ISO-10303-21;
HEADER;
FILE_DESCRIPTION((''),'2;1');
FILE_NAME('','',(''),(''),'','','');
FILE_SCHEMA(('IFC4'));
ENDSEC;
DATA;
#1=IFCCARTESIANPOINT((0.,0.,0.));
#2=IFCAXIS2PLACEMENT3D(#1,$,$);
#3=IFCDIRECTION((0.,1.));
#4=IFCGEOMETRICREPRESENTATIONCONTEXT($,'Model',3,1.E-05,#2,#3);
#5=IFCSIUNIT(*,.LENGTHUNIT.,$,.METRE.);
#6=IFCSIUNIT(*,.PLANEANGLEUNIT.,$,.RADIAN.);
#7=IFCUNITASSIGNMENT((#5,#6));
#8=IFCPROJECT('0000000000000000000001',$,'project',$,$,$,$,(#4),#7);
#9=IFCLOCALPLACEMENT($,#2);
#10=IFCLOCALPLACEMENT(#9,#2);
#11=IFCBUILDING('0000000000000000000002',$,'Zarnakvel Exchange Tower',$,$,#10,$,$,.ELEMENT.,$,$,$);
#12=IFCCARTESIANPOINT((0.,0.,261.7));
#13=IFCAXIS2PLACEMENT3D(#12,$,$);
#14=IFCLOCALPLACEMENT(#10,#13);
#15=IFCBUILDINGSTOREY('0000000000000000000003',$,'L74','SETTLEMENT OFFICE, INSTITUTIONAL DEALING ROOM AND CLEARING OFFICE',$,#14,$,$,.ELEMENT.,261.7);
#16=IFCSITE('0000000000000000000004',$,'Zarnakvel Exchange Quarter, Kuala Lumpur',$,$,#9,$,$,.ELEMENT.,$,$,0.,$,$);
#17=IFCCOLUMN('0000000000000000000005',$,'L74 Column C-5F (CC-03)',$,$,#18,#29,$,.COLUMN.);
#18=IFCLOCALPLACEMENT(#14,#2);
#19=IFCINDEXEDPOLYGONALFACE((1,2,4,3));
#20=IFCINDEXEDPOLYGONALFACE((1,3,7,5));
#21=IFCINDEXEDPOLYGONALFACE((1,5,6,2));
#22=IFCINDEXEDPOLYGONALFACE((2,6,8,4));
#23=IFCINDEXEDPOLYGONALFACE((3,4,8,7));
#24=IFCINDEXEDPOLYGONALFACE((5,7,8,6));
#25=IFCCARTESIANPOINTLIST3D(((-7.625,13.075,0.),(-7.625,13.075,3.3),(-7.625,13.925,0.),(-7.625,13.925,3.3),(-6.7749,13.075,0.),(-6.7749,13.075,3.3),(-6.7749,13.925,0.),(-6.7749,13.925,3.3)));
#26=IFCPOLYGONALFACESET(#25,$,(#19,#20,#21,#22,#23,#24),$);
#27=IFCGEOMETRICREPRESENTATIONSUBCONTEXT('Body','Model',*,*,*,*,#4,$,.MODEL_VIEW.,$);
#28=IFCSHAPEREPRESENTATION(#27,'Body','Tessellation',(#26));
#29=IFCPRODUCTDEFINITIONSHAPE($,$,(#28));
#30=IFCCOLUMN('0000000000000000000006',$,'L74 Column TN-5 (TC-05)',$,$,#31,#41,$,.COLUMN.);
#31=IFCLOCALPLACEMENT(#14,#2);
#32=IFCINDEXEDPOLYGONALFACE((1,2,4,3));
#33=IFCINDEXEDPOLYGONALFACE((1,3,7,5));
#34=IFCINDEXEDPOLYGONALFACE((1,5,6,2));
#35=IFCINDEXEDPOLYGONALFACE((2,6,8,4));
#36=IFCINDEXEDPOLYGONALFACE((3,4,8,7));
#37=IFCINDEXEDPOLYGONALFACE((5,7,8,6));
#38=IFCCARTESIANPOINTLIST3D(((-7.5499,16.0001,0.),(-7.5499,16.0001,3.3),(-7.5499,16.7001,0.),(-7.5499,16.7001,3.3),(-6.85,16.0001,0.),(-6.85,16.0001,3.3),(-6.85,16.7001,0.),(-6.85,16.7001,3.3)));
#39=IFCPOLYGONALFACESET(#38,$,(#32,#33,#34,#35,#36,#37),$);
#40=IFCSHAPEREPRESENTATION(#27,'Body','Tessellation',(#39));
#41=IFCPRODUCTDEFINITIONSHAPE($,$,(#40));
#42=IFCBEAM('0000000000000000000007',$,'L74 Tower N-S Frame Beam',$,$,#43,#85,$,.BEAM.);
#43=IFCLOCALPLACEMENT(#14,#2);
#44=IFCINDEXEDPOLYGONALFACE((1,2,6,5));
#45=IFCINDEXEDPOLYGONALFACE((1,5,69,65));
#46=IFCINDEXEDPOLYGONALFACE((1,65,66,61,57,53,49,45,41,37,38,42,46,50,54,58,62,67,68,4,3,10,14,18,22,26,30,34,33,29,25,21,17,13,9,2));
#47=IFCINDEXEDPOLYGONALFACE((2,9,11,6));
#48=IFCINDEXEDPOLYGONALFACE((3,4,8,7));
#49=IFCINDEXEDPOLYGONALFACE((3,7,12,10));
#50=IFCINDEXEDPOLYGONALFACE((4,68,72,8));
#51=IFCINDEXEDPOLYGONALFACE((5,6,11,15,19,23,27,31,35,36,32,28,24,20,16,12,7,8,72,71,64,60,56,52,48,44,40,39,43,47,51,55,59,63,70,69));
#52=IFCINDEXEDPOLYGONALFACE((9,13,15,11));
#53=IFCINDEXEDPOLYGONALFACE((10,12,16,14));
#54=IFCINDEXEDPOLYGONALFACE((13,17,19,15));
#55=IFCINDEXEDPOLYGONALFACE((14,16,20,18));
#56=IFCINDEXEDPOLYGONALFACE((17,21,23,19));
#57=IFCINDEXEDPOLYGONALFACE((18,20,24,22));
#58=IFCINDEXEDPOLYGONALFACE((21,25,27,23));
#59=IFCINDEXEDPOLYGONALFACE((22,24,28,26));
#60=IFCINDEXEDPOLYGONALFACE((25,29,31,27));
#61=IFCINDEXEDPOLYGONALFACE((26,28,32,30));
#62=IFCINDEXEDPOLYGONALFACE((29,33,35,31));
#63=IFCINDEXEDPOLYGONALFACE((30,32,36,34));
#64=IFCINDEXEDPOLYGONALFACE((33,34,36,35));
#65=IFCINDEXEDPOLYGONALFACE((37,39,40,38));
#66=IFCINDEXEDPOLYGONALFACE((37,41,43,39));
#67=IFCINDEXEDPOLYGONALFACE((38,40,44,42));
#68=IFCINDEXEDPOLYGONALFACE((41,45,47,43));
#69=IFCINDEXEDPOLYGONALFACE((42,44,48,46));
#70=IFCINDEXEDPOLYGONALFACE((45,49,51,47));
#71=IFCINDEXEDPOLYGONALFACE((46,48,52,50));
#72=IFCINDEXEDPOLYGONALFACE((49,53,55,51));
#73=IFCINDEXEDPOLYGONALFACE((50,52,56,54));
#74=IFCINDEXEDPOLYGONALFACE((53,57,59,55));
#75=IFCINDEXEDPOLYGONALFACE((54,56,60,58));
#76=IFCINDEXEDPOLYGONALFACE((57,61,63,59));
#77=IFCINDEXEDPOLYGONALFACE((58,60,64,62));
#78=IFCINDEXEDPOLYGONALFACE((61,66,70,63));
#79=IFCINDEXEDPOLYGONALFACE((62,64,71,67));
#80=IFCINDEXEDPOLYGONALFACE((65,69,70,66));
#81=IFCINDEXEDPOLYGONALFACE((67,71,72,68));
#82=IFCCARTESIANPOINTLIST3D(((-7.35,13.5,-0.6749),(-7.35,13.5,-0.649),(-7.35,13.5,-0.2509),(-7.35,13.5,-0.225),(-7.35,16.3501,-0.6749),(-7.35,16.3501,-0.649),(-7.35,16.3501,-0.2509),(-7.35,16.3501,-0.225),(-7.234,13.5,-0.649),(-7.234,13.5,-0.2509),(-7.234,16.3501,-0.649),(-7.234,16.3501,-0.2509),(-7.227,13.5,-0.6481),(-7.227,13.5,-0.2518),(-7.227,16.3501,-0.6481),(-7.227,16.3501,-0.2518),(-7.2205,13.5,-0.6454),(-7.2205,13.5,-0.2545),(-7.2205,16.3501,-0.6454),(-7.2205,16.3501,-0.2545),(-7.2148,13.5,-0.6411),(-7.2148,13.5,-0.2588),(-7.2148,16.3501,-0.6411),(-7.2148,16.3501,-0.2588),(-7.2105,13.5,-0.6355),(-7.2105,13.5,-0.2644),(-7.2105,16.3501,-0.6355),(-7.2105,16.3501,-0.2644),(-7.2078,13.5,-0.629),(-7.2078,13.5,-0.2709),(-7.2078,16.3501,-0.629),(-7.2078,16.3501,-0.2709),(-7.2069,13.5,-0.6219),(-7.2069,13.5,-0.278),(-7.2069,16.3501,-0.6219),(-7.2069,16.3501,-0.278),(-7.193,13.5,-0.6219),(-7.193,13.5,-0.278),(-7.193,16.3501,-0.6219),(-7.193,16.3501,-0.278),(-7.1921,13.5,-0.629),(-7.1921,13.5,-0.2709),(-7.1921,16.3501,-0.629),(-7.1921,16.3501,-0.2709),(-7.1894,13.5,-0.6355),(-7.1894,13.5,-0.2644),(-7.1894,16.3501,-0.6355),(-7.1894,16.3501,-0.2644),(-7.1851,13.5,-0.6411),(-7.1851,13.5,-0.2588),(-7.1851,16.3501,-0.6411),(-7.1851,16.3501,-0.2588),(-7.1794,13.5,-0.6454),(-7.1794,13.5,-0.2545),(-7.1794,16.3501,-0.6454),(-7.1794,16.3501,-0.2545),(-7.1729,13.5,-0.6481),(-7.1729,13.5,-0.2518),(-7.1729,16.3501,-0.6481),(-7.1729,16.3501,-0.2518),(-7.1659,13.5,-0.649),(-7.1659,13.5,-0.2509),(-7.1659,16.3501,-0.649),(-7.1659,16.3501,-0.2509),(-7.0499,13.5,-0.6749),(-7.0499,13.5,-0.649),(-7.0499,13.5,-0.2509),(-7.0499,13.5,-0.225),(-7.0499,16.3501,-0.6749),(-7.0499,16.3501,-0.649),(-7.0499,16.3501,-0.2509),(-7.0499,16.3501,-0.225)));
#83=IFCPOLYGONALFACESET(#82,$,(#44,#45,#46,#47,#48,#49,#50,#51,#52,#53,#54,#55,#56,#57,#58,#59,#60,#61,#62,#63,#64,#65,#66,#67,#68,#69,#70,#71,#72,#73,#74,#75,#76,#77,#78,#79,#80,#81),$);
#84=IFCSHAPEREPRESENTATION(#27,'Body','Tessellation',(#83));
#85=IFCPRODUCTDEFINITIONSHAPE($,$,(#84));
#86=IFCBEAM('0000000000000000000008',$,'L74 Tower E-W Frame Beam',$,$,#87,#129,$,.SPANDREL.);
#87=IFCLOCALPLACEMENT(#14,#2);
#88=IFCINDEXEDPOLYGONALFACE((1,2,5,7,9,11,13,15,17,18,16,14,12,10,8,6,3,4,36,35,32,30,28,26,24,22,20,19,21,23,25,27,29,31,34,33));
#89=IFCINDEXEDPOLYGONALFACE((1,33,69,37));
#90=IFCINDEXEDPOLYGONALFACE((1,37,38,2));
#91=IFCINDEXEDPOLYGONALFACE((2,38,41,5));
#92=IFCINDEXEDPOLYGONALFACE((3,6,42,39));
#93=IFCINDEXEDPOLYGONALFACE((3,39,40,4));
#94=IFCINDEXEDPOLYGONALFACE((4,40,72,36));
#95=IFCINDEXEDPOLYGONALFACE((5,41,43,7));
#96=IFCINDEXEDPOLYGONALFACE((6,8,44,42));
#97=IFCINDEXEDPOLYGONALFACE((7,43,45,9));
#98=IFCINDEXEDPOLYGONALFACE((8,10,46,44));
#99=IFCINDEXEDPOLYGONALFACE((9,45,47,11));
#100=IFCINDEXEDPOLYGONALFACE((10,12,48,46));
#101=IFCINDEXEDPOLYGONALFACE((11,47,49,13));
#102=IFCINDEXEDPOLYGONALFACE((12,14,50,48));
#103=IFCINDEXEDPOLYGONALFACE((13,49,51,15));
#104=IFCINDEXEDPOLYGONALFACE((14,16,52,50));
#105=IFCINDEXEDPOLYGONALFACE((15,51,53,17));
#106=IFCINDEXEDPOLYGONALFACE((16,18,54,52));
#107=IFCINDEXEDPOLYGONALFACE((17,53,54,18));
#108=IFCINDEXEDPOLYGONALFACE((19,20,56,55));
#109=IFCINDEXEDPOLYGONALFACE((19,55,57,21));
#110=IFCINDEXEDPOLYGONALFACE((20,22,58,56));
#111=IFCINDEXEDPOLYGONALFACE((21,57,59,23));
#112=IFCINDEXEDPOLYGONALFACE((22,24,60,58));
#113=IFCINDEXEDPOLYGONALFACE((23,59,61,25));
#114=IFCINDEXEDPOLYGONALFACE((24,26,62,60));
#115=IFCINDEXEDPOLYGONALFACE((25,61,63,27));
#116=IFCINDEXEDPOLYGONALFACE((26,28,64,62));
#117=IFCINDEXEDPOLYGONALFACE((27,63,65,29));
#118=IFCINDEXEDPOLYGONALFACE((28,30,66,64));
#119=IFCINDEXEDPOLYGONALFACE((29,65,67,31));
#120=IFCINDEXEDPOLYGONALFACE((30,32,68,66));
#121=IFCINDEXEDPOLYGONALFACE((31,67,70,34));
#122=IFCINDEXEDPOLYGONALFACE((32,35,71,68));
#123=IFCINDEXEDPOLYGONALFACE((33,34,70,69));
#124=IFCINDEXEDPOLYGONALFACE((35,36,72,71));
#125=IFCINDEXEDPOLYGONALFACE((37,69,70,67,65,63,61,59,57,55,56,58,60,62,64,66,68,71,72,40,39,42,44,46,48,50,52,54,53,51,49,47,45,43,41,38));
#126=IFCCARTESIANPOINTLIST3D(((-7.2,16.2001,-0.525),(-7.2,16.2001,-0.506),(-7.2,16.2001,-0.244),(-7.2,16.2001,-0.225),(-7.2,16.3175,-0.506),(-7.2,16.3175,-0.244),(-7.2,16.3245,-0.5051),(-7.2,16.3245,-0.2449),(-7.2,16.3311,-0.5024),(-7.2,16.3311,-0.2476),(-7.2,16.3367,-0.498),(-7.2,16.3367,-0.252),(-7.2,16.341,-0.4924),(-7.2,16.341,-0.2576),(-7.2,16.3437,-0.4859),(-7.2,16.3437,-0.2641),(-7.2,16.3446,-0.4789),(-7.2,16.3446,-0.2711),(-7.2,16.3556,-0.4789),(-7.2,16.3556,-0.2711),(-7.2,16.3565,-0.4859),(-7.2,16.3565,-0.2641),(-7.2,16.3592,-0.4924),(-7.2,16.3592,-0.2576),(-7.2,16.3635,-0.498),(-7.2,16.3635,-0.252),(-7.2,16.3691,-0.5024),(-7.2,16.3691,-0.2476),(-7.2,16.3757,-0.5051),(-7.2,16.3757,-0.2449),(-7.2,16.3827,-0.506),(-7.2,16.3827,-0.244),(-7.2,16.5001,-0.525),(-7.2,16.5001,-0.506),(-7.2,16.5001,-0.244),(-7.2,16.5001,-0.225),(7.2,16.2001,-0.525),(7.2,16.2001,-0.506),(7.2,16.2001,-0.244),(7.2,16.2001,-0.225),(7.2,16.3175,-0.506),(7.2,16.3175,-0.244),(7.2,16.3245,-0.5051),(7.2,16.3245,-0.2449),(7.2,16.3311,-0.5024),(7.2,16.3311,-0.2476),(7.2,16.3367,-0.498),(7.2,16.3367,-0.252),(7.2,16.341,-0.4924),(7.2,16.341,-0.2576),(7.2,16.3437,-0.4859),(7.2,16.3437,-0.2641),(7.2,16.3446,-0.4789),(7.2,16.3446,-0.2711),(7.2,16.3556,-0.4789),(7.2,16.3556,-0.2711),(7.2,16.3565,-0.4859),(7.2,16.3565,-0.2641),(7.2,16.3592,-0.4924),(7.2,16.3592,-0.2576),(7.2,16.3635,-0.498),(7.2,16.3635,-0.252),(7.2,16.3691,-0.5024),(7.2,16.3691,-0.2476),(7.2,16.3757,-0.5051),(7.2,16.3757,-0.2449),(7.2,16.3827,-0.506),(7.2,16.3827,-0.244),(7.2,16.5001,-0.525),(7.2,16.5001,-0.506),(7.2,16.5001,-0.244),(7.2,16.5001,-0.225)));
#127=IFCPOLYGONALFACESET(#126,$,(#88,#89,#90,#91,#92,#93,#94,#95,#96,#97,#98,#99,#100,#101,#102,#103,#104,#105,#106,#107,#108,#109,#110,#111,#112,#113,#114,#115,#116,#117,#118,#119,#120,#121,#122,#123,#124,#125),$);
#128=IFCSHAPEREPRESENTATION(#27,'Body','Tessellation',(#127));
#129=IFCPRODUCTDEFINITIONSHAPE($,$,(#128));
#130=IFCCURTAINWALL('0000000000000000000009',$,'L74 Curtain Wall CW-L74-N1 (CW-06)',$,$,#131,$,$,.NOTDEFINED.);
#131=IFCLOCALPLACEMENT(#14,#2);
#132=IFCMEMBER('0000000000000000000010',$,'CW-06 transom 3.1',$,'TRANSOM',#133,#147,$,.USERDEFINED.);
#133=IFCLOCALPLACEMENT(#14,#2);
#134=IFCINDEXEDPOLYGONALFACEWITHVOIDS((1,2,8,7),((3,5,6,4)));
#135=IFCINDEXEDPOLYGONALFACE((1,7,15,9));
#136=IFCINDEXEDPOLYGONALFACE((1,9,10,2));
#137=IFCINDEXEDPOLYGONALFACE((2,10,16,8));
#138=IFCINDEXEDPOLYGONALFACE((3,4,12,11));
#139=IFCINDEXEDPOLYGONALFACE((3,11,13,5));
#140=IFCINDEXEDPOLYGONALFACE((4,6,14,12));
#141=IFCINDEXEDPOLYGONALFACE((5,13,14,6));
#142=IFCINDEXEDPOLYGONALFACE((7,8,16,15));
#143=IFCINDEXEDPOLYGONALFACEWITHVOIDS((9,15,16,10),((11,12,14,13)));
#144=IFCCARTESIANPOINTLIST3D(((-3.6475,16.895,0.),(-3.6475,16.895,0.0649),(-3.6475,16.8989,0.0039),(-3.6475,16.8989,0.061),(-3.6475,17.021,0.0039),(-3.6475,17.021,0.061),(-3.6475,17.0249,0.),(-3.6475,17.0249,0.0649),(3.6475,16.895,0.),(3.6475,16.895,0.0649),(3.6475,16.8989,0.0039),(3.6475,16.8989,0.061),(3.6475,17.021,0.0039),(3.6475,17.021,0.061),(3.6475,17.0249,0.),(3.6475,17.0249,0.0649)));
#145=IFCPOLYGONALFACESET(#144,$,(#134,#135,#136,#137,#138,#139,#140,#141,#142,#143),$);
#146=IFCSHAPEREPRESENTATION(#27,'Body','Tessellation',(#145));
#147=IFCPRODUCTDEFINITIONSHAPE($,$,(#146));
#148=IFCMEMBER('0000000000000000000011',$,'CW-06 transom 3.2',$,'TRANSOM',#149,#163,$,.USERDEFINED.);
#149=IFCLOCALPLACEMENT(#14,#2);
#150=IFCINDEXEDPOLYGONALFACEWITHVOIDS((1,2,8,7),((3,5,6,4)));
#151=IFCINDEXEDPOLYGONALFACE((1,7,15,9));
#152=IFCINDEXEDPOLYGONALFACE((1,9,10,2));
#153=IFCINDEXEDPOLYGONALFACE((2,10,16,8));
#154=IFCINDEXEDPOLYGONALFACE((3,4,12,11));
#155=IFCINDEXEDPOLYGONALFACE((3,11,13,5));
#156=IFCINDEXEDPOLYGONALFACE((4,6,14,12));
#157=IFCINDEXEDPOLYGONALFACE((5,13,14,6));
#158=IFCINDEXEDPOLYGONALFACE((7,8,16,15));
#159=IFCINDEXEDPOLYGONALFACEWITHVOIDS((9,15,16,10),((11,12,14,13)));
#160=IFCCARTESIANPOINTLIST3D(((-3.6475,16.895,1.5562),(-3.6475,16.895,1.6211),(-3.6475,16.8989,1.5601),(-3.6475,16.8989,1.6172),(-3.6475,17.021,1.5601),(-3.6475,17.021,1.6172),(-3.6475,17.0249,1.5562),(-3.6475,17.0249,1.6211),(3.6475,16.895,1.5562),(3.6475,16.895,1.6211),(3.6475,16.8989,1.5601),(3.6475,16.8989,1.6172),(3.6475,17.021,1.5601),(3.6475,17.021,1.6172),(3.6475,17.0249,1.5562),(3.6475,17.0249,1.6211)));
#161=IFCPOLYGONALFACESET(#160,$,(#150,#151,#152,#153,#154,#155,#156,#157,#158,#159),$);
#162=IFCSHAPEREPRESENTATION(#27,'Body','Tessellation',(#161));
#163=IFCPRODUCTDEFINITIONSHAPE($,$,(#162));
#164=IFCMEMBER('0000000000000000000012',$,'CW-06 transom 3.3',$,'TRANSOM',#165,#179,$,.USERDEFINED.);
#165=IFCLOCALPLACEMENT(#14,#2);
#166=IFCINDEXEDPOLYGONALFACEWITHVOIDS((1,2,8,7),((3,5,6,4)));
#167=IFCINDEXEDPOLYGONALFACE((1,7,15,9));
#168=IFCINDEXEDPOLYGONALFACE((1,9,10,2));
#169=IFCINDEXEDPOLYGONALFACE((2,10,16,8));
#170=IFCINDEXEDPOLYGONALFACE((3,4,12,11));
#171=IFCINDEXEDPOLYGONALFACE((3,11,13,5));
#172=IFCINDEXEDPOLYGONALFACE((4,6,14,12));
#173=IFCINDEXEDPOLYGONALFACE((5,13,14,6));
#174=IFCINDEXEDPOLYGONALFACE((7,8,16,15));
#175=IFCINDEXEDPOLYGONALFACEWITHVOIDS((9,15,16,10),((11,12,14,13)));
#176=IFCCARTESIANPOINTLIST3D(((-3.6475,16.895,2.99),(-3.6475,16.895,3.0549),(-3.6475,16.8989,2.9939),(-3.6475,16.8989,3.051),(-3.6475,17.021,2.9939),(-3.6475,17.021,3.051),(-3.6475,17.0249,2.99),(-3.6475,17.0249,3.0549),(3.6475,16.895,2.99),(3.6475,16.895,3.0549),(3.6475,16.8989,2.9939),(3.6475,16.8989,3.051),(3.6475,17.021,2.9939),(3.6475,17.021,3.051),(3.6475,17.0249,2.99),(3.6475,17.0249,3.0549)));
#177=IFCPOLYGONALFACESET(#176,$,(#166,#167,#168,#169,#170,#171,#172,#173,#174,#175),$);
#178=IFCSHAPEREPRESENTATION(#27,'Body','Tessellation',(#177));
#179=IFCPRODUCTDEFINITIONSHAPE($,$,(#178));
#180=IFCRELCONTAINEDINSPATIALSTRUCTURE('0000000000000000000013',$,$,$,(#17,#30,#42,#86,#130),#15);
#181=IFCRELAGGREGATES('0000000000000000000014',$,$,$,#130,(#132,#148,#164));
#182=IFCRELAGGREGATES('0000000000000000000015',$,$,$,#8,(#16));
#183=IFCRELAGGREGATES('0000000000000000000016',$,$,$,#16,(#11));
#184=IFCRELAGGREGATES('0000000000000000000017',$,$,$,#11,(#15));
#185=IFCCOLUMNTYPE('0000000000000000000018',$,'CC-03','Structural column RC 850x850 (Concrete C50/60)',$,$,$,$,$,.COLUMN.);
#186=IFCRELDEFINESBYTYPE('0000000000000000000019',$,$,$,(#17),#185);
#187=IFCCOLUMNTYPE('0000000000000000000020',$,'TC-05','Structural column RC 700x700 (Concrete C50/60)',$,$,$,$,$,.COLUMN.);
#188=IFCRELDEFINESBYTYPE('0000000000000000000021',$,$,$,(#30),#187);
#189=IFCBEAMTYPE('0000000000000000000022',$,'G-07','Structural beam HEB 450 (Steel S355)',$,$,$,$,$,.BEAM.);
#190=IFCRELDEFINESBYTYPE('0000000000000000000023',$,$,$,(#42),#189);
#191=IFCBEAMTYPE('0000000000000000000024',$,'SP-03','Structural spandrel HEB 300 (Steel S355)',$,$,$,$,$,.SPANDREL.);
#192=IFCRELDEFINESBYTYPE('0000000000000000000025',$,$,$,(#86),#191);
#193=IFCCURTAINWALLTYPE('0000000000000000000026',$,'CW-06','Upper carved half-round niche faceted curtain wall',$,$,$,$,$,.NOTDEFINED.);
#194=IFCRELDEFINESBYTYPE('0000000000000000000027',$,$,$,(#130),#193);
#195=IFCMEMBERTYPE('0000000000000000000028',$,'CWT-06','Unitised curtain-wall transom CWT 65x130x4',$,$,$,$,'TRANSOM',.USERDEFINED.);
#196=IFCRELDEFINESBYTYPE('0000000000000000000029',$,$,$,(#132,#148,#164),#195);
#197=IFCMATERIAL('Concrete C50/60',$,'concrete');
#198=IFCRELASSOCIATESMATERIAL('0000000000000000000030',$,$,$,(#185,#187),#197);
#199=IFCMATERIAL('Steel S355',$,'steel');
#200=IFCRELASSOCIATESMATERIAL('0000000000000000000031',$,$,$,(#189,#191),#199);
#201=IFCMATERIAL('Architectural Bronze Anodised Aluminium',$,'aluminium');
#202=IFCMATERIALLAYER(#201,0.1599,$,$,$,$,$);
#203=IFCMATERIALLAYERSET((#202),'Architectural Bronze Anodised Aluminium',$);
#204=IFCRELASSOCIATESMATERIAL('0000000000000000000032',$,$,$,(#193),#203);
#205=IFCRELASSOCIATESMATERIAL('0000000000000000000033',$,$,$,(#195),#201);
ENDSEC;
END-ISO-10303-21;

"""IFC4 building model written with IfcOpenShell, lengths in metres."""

from ifc_helpers import new_model, si_unit, direction, frame, origin, origin_2d, place, context, subcontext, project, spatial, rectangle, hollow_rectangle, i_section, extrude, source, transform, mapped, material, layer, layer_set, material_profile, profile_set, type_object, element, aggregate, save


model = new_model("IFC4")

# Units and contexts
model_context = context("Model", 3, precision=1e-05, world=origin(), true_north=direction((0.0, 1.0)))
body_context = subcontext(model_context, "Body", "Model", "MODEL_VIEW")
ifc_project = project(units=[si_unit("LENGTHUNIT", "METRE"), si_unit("PLANEANGLEUNIT", "RADIAN")], contexts=[model_context])

# Site, building, storey
site_placement = place(None, origin())
site = spatial("IfcSite", under=ifc_project, at=site_placement, Name="Zarnakvel Exchange Quarter, Kuala Lumpur", CompositionType="ELEMENT", RefElevation=0.0)
building_placement = place(site_placement, origin())
building = spatial("IfcBuilding", under=site, at=building_placement, Name="Zarnakvel Exchange Tower", CompositionType="ELEMENT")
storey_placement = place(building_placement, frame((0.0, 0.0, 261.7)))
storey = spatial("IfcBuildingStorey", under=building, at=storey_placement, Name="L74", Description="SETTLEMENT OFFICE, INSTITUTIONAL DEALING ROOM AND CLEARING OFFICE", CompositionType="ELEMENT", Elevation=261.7)

# Columns
ifc_material_1 = material(Name="Concrete C50/60", Category="concrete")
ifc_material_profile_1 = material_profile(ifc_material_1, rectangle(XDim=0.8501, YDim=0.8501, at=origin_2d()))
ifc_profile_set_1 = profile_set([ifc_material_profile_1], Name="Concrete C50/60")
column_type_1 = type_object("IfcColumnType", Name="CC-03", Description="Structural column RC 850x850 (Concrete C50/60)", PredefinedType="COLUMN", material=ifc_profile_set_1)
column_1_placement = place(storey_placement, frame((-7.2, 13.5, 0.0), z_axis=(0.0, 0.0, 1.0), x_axis=(1.0, 0.0, 0.0)))
element("IfcColumn", 1, at=column_1_placement, inside=storey, type_object=column_type_1, Name="L74 Column C-5F (CC-03)", PredefinedType="COLUMN", context=body_context, shape_type="SweptSolid", body=[
    extrude(rectangle(XDim=0.8501, YDim=0.8501, at=origin_2d()), origin(), (0.0, 0.0, 1.0), 3.3),
])
ifc_material_profile_2 = material_profile(ifc_material_1, rectangle(XDim=0.7, YDim=0.7, at=origin_2d()))
ifc_profile_set_2 = profile_set([ifc_material_profile_2], Name="Concrete C50/60")
column_type_2 = type_object("IfcColumnType", Name="TC-05", Description="Structural column RC 700x700 (Concrete C50/60)", PredefinedType="COLUMN", material=ifc_profile_set_2)
column_2_placement = place(storey_placement, frame((-7.2, 16.3501, 0.0), z_axis=(0.0, 0.0, 1.0), x_axis=(1.0, 0.0, 0.0)))
element("IfcColumn", 2, at=column_2_placement, inside=storey, type_object=column_type_2, Name="L74 Column TN-5 (TC-05)", PredefinedType="COLUMN", context=body_context, shape_type="SweptSolid", body=[
    extrude(rectangle(XDim=0.7, YDim=0.7, at=origin_2d()), origin(), (0.0, 0.0, 1.0), 3.3),
])

# Beams
ifc_material_2 = material(Name="Steel S355", Category="steel")
ifc_material_profile_3 = material_profile(ifc_material_2, i_section(OverallWidth=0.3, OverallDepth=0.45, WebThickness=0.0139, FlangeThickness=0.0259, FilletRadius=0.0271, at=origin_2d()))
ifc_profile_set_3 = profile_set([ifc_material_profile_3], Name="Steel S355")
beam_type_1 = type_object("IfcBeamType", Name="G-07", Description="Structural beam HEB 450 (Steel S355)", PredefinedType="BEAM", material=ifc_profile_set_3)
beam_1_placement = place(storey_placement, frame((-7.2, 13.5, -0.45), z_axis=(0.0, 1.0, 0.0), x_axis=(-1.0, 0.0, 0.0)))
element("IfcBeam", 3, at=beam_1_placement, inside=storey, type_object=beam_type_1, Name="L74 Tower N-S Frame Beam", PredefinedType="BEAM", context=body_context, shape_type="SweptSolid", body=[
    extrude(i_section(OverallWidth=0.3, OverallDepth=0.45, WebThickness=0.0139, FlangeThickness=0.0259, FilletRadius=0.0271, at=origin_2d()), origin(), (0.0, 0.0, 1.0), 2.8501),
])
ifc_material_profile_4 = material_profile(ifc_material_2, i_section(OverallWidth=0.3, OverallDepth=0.3, WebThickness=0.011, FlangeThickness=0.019, FilletRadius=0.0271, at=origin_2d()))
ifc_profile_set_4 = profile_set([ifc_material_profile_4], Name="Steel S355")
beam_type_2 = type_object("IfcBeamType", Name="SP-03", Description="Structural spandrel HEB 300 (Steel S355)", PredefinedType="SPANDREL", material=ifc_profile_set_4)
beam_2_placement = place(storey_placement, frame((-7.2, 16.3501, -0.375), z_axis=(1.0, 0.0, 0.0), x_axis=(0.0, 1.0, 0.0)))
element("IfcBeam", 4, at=beam_2_placement, inside=storey, type_object=beam_type_2, Name="L74 Tower E-W Frame Beam", PredefinedType="SPANDREL", context=body_context, shape_type="SweptSolid", body=[
    extrude(i_section(OverallWidth=0.3, OverallDepth=0.3, WebThickness=0.011, FlangeThickness=0.019, FilletRadius=0.0271, at=origin_2d()), origin(), (0.0, 0.0, 1.0), 14.3999),
])

# Curtain wall, members
ifc_material_3 = material(Name="Architectural Bronze Anodised Aluminium", Category="aluminium")
ifc_layer_1 = layer(ifc_material_3, 0.1599)
ifc_layer_set_1 = layer_set([ifc_layer_1], Name="Architectural Bronze Anodised Aluminium")
curtain_wall_type = type_object("IfcCurtainWallType", Name="CW-06", Description="Upper carved half-round niche faceted curtain wall", PredefinedType="NOTDEFINED", material=ifc_layer_set_1)
curtain_wall_placement = place(storey_placement, origin())
curtain_wall = element("IfcCurtainWall", 5, at=curtain_wall_placement, inside=storey, type_object=curtain_wall_type, Name="L74 Curtain Wall CW-L74-N1 (CW-06)", PredefinedType="NOTDEFINED")
ifc_material_profile_5 = material_profile(ifc_material_3, hollow_rectangle(XDim=0.1299, YDim=0.0649, WallThickness=0.0039, at=origin_2d()))
ifc_profile_set_5 = profile_set([ifc_material_profile_5], Name="Architectural Bronze Anodised Aluminium")
member_type_1 = type_object("IfcMemberType", Name="CWT-06", Description="Unitised curtain-wall transom CWT 65x130x4", ElementType="TRANSOM", PredefinedType="USERDEFINED", material=ifc_profile_set_5)
shared_shape_1 = source(origin(), body_context, "Body", "SweptSolid", [
    extrude(hollow_rectangle(XDim=0.1299, YDim=0.0649, WallThickness=0.0039, at=origin_2d()), origin(), (0.0, 0.0, 1.0), 7.2949),
])
member_1_placement = place(storey_placement, frame((-3.6475, 16.96, 0.0325), z_axis=(1.0, 0.0, 0.0), x_axis=(0.0, 1.0, 0.0)))
member_1 = element("IfcMember", 6, at=member_1_placement, type_object=member_type_1, Name="CW-06 transom 3.1", ObjectType="TRANSOM", PredefinedType="USERDEFINED", context=body_context, shape_type="MappedRepresentation", body=[
    mapped(shared_shape_1, transform((0.0, 0.0, 0.0), x_axis=(1.0, 0.0, 0.0), y_axis=(0.0, 1.0, 0.0), z_axis=(0.0, 0.0, 1.0), scale=1.0)),
])
member_2_placement = place(storey_placement, frame((-3.6475, 16.96, 1.5886), z_axis=(1.0, 0.0, 0.0), x_axis=(0.0, 1.0, 0.0)))
member_2 = element("IfcMember", 7, at=member_2_placement, type_object=member_type_1, Name="CW-06 transom 3.2", ObjectType="TRANSOM", PredefinedType="USERDEFINED", context=body_context, shape_type="MappedRepresentation", body=[
    mapped(shared_shape_1, transform((0.0, 0.0, 0.0), x_axis=(1.0, 0.0, 0.0), y_axis=(0.0, 1.0, 0.0), z_axis=(0.0, 0.0, 1.0), scale=1.0)),
])
member_3_placement = place(storey_placement, frame((-3.6475, 16.96, 3.0225), z_axis=(1.0, 0.0, 0.0), x_axis=(0.0, 1.0, 0.0)))
member_3 = element("IfcMember", 8, at=member_3_placement, type_object=member_type_1, Name="CW-06 transom 3.3", ObjectType="TRANSOM", PredefinedType="USERDEFINED", context=body_context, shape_type="MappedRepresentation", body=[
    mapped(shared_shape_1, transform((0.0, 0.0, 0.0), x_axis=(1.0, 0.0, 0.0), y_axis=(0.0, 1.0, 0.0), z_axis=(0.0, 0.0, 1.0), scale=1.0)),
])
aggregate(curtain_wall, [member_1, member_2, member_3])

save(model, "model.ifc")
